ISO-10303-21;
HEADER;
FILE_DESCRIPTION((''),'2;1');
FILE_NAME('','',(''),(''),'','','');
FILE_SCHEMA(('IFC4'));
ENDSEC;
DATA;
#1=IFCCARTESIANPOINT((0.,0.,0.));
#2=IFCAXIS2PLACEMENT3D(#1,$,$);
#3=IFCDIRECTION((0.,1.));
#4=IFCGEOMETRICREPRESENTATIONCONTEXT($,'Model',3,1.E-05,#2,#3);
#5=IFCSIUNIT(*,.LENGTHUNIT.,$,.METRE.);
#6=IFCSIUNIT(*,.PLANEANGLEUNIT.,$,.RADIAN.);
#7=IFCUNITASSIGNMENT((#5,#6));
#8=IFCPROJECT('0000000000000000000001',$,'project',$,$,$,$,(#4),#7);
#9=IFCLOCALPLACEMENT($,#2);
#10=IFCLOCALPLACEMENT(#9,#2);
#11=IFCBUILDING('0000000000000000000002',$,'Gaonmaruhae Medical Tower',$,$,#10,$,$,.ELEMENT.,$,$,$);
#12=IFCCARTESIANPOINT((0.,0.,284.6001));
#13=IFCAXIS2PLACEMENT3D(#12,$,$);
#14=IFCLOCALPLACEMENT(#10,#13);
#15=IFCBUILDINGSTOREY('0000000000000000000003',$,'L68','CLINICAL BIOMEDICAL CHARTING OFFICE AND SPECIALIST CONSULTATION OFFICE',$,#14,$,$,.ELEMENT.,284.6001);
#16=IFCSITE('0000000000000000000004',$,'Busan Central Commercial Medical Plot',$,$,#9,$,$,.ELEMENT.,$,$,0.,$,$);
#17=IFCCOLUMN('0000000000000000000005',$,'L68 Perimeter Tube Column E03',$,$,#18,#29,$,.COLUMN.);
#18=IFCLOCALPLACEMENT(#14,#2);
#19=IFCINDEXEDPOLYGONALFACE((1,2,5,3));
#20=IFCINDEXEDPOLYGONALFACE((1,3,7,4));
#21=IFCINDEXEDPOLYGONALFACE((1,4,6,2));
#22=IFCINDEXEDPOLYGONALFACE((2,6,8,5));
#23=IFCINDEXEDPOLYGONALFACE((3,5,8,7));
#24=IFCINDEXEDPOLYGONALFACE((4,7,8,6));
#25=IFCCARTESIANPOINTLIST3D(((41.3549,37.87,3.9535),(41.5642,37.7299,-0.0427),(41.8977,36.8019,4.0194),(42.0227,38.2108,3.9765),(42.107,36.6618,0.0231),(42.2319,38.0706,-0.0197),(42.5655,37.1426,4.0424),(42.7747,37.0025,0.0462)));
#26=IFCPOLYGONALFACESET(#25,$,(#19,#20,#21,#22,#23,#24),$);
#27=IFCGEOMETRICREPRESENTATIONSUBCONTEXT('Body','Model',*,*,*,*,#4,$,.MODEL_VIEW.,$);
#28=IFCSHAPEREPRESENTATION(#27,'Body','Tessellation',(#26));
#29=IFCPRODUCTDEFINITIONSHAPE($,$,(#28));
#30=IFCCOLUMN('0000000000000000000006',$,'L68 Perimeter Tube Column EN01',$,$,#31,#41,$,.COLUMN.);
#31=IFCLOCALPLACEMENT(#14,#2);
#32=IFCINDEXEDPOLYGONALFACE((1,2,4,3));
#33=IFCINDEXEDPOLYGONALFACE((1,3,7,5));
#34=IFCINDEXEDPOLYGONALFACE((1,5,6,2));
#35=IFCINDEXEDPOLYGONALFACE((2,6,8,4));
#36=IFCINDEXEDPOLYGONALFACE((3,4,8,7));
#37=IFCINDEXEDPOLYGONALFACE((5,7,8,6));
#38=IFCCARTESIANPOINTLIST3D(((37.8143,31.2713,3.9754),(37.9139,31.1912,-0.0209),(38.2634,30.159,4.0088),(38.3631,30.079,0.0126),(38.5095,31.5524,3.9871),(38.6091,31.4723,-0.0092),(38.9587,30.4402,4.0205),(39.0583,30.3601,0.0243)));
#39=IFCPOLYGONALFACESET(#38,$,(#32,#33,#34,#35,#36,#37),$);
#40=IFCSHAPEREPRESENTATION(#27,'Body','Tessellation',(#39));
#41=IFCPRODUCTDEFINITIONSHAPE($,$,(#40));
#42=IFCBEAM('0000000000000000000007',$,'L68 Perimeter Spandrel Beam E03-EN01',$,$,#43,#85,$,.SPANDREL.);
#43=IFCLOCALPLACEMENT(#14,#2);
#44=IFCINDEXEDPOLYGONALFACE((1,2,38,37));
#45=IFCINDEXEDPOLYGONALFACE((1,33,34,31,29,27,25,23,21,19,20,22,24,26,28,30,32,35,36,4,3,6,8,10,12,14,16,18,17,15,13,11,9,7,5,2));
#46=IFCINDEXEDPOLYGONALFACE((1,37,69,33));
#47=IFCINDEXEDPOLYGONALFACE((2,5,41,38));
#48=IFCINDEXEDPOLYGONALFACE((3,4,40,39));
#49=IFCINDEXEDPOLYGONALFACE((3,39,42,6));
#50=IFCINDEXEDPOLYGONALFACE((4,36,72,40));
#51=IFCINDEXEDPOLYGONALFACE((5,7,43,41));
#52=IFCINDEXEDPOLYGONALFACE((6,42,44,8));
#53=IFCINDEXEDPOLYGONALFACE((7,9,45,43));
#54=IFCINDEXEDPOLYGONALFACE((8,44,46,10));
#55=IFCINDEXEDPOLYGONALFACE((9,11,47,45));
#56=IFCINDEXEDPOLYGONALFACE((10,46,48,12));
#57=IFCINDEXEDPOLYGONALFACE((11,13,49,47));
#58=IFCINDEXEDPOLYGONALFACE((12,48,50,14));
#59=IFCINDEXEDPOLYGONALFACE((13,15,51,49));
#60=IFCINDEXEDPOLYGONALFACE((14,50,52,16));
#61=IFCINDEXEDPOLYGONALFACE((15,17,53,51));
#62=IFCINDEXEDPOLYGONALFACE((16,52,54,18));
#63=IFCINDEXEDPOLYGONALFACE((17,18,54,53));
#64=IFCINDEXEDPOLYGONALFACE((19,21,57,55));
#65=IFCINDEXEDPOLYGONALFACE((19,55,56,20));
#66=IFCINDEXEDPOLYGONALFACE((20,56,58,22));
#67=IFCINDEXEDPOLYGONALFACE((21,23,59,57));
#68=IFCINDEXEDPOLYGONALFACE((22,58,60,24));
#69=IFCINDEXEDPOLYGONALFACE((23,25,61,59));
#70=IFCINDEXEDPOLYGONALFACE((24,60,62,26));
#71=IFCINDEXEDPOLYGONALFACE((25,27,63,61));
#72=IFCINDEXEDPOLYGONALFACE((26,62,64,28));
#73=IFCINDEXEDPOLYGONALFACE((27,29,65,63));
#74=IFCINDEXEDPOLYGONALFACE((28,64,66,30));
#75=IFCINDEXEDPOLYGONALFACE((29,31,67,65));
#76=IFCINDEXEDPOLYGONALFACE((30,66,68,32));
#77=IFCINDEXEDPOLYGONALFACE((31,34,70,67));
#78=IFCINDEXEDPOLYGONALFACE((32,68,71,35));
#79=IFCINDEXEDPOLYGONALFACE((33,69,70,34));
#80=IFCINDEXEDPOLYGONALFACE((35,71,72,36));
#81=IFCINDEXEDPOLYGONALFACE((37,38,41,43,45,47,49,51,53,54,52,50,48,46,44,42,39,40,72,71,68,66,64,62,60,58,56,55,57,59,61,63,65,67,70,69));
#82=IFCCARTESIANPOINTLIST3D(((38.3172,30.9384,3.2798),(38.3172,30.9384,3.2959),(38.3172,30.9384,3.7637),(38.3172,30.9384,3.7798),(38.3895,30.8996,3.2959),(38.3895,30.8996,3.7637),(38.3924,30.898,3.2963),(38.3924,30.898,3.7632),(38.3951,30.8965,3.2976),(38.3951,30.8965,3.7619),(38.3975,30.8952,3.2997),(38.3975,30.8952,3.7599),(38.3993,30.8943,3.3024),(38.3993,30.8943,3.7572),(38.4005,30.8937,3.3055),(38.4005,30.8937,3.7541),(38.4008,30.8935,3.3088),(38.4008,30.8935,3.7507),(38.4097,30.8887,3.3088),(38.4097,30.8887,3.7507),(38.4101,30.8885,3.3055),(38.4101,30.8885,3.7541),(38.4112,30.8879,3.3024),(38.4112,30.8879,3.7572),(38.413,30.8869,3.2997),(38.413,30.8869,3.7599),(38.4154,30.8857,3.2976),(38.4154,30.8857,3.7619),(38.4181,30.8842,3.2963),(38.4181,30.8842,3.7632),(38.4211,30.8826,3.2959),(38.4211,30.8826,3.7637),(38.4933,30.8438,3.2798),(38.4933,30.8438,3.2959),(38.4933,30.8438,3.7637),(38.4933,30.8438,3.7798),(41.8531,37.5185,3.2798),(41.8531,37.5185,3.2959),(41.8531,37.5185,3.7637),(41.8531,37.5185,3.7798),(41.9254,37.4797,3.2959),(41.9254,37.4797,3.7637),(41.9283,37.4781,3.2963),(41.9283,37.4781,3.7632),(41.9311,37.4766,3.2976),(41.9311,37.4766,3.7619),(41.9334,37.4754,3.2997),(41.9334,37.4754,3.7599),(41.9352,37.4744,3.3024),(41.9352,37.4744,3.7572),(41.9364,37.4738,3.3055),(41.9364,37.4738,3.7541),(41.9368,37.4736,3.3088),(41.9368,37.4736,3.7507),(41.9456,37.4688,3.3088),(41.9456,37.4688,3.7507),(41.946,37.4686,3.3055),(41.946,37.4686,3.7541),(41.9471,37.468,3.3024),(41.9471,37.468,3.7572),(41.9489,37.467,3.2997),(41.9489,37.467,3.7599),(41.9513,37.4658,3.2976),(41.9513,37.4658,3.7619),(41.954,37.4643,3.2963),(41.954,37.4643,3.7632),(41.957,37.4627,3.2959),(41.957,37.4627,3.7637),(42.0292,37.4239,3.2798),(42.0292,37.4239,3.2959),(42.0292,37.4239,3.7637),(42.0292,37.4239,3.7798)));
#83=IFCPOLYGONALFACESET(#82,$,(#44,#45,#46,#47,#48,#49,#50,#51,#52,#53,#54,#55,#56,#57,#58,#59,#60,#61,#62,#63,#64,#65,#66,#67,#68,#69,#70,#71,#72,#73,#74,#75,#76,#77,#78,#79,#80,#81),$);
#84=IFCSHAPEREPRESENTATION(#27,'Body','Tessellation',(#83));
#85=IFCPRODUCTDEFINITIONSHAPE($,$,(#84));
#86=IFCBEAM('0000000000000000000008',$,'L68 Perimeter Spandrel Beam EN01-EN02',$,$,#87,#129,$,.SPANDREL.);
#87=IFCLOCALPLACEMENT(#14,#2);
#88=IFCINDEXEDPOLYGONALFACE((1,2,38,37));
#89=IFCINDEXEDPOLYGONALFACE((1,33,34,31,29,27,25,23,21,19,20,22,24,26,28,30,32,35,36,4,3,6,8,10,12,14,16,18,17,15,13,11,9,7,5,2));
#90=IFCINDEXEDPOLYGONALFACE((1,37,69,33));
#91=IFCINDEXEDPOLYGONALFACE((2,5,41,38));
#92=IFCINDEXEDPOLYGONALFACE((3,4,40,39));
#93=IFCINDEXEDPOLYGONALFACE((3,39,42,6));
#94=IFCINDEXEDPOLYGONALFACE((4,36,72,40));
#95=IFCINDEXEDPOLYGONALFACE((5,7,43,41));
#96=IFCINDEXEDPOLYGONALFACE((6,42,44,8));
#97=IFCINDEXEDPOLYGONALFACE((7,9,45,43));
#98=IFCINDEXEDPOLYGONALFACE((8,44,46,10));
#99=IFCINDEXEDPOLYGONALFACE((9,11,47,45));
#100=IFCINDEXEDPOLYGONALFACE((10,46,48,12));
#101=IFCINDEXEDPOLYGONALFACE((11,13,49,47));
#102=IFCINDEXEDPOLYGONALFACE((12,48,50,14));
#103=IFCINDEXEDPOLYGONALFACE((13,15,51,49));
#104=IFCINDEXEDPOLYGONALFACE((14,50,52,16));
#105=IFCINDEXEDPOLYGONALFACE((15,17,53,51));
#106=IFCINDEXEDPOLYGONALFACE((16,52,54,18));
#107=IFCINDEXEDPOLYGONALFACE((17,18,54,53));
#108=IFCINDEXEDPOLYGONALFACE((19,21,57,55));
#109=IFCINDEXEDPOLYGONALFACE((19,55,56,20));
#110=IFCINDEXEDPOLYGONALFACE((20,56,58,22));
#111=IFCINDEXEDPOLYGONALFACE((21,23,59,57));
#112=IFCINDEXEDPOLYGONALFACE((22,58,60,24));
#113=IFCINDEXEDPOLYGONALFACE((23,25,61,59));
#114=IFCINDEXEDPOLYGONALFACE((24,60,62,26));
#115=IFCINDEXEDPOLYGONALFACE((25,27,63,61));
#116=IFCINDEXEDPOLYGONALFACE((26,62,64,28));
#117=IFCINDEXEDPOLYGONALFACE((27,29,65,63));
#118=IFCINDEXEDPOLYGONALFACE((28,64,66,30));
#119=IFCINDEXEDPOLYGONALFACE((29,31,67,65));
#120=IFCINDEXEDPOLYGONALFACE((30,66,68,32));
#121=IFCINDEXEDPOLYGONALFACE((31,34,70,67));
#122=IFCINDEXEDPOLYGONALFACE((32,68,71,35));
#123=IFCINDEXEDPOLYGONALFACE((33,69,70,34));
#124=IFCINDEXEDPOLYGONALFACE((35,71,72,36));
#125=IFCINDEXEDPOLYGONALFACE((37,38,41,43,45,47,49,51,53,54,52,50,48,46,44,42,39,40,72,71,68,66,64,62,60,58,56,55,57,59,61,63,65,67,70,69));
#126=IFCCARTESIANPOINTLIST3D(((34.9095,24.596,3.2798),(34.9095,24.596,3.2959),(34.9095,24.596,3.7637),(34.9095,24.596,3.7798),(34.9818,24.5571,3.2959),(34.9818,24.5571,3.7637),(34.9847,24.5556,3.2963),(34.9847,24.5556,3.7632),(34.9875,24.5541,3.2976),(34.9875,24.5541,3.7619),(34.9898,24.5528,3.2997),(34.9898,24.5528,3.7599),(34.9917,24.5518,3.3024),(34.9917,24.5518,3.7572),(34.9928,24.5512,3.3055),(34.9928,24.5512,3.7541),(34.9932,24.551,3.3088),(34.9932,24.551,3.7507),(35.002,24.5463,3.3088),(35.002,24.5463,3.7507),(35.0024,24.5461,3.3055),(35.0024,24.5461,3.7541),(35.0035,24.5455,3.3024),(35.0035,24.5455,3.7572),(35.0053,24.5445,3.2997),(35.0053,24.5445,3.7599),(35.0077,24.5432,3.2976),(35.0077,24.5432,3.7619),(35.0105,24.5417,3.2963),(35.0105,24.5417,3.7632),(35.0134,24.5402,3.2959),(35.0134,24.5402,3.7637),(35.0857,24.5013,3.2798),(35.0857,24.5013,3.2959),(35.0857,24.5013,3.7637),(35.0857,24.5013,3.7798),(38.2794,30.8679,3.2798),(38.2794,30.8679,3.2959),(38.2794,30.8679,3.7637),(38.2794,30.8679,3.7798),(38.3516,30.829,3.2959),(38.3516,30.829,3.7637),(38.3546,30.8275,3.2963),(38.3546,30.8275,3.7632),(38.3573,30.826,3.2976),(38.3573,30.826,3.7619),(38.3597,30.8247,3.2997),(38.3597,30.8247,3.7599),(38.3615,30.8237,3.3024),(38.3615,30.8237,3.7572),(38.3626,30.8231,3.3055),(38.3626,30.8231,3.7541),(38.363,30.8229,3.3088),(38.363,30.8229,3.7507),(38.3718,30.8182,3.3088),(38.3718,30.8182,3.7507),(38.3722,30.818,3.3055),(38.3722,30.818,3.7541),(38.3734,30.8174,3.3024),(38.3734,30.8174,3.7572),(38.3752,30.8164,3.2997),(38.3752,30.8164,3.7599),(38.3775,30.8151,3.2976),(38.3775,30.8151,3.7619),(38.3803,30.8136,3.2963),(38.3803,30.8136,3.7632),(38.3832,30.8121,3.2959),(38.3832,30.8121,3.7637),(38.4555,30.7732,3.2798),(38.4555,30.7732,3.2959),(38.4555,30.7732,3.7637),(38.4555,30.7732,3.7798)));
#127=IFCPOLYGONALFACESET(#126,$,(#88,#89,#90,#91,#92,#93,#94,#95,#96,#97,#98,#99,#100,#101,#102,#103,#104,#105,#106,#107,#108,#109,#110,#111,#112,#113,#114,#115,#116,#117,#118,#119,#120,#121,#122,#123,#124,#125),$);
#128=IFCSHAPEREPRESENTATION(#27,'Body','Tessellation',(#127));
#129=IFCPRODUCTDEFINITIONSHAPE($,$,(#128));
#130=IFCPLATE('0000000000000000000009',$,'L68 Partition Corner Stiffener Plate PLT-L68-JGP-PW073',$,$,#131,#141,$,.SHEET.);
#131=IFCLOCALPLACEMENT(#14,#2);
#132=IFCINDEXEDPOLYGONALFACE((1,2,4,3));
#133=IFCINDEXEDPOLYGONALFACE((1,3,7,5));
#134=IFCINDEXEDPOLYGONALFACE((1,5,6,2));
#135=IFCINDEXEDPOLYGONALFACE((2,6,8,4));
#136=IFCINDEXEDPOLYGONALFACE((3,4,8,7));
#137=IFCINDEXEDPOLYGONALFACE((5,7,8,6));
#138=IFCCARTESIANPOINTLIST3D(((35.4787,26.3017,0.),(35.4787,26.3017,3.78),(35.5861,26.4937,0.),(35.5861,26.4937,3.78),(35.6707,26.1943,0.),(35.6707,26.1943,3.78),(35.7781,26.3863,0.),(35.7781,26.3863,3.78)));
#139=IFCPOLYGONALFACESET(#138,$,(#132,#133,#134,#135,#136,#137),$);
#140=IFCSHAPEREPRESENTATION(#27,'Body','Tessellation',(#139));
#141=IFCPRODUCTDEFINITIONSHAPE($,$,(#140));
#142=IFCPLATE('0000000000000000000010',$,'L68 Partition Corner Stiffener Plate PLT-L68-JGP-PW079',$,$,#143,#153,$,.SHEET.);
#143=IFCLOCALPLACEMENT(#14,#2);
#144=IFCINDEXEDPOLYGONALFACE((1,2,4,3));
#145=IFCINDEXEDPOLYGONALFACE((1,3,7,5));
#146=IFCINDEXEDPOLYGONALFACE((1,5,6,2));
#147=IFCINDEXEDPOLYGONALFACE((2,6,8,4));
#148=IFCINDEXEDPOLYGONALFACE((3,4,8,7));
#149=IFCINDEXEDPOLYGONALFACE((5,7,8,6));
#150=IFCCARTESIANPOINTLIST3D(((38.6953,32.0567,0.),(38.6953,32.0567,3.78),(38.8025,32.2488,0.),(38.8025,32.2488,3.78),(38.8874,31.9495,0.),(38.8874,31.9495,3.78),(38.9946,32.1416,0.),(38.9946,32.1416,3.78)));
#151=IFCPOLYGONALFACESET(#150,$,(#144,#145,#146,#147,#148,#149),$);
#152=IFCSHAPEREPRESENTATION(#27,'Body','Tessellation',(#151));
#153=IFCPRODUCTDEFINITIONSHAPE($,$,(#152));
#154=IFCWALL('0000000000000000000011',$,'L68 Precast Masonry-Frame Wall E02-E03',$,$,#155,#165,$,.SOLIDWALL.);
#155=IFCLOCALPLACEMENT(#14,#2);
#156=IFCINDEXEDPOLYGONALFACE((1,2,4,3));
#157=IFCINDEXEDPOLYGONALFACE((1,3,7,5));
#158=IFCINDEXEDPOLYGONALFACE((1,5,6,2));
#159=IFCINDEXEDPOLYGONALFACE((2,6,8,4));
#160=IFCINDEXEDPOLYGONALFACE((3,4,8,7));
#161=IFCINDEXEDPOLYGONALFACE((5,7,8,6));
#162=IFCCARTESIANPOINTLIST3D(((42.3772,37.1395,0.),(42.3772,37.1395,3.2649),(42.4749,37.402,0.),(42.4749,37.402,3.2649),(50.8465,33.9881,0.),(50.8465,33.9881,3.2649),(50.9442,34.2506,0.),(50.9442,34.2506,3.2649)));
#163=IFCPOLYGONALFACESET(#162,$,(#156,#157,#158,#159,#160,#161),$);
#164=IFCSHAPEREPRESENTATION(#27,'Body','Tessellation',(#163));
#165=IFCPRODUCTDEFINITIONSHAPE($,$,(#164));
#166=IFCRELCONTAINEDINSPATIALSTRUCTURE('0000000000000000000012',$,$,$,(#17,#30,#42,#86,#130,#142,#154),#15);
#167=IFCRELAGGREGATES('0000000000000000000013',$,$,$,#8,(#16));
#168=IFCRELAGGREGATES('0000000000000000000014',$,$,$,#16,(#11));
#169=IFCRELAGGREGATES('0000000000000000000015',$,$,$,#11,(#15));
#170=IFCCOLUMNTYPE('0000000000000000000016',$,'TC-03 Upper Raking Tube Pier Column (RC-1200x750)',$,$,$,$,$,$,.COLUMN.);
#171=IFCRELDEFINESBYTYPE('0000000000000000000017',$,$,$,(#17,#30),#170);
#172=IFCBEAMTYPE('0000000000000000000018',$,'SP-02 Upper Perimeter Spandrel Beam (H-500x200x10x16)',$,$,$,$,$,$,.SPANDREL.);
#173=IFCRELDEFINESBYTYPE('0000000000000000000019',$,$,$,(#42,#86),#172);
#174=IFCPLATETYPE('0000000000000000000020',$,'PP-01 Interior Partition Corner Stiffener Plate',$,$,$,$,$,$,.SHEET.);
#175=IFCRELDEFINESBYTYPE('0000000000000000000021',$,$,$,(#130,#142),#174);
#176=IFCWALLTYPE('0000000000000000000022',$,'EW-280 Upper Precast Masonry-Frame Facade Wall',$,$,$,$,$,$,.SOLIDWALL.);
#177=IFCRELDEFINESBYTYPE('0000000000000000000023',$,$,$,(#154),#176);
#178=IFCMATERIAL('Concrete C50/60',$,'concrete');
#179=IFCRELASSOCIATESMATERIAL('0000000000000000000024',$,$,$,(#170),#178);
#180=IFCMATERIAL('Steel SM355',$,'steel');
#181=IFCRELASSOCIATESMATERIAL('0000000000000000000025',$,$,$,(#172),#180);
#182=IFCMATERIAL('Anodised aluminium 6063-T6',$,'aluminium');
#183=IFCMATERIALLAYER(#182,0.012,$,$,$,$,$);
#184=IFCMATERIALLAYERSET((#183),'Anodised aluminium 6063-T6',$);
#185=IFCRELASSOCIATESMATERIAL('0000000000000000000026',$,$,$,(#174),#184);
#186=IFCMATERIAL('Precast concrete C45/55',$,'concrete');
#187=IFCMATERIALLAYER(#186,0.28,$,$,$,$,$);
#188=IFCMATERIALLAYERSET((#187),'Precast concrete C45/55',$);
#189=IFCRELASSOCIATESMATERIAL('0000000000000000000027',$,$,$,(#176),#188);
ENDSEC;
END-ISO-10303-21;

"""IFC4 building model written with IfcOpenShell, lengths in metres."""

from ifc_helpers import new_model, si_unit, direction, frame, frame_2d, origin, origin_2d, place, context, subcontext, project, spatial, rectangle, i_section, extrude, material, layer, layer_set, material_profile, profile_set, type_object, element, save


model = new_model("IFC4")

# Units and contexts
model_context = context("Model", 3, precision=1e-05, world=origin(), true_north=direction((0.0, 1.0)))
body_context = subcontext(model_context, "Body", "Model", "MODEL_VIEW")
ifc_project = project(units=[si_unit("LENGTHUNIT", "METRE"), si_unit("PLANEANGLEUNIT", "RADIAN")], contexts=[model_context])

# Site, building, storey
site_placement = place(None, origin())
site = spatial("IfcSite", under=ifc_project, at=site_placement, Name="Busan Central Commercial Medical Plot", CompositionType="ELEMENT", RefElevation=0.0)
building_placement = place(site_placement, origin())
building = spatial("IfcBuilding", under=site, at=building_placement, Name="Gaonmaruhae Medical Tower", CompositionType="ELEMENT")
storey_placement = place(building_placement, frame((0.0, 0.0, 284.6001)))
storey = spatial("IfcBuildingStorey", under=building, at=storey_placement, Name="L68", Description="CLINICAL BIOMEDICAL CHARTING OFFICE AND SPECIALIST CONSULTATION OFFICE", CompositionType="ELEMENT", Elevation=284.6001)

# Columns
ifc_material_1 = material(Name="Concrete C50/60", Category="concrete")
ifc_material_profile_1 = material_profile(ifc_material_1, rectangle(XDim=1.2, YDim=0.75, at=origin_2d()), Name="RC-1200x750")
ifc_profile_set_1 = profile_set([ifc_material_profile_1], Name="Concrete C50/60")
column_type = type_object("IfcColumnType", Name="TC-03 Upper Raking Tube Pier Column (RC-1200x750)", PredefinedType="COLUMN", material=ifc_profile_set_1)
column_1_placement = place(storey_placement, frame((42.1694, 37.3662, 0.0017), z_axis=(-0.052251, 0.034997, 0.998021), x_axis=(0.452348, -0.89015, 0.054897)))
element("IfcColumn", 1, at=column_1_placement, inside=storey, type_object=column_type, Name="L68 Perimeter Tube Column E03", PredefinedType="COLUMN", context=body_context, shape_type="SweptSolid", body=[
    extrude(rectangle(XDim=1.2, YDim=0.75, at=origin_2d()), origin(), (0.0, 0.0, 1.0), 4.0042),
])
column_2_placement = place(storey_placement, frame((38.4861, 30.7756, 0.0017), z_axis=(-0.024912, 0.020028, 0.999489), x_axis=(0.374315, -0.926882, 0.027903)))
element("IfcColumn", 2, at=column_2_placement, inside=storey, type_object=column_type, Name="L68 Perimeter Tube Column EN01", PredefinedType="COLUMN", context=body_context, shape_type="SweptSolid", body=[
    extrude(rectangle(XDim=1.2, YDim=0.75, at=origin_2d()), origin(), (0.0, 0.0, 1.0), 3.9983),
])

# Beams
ifc_material_2 = material(Name="Steel SM355", Category="steel")
ifc_material_profile_2 = material_profile(ifc_material_2, i_section(OverallWidth=0.2, OverallDepth=0.5, WebThickness=0.01, FlangeThickness=0.0161, FilletRadius=0.0129, at=origin_2d()), Name="H-500x200x10x16")
ifc_profile_set_2 = profile_set([ifc_material_profile_2], Name="Steel SM355")
beam_type = type_object("IfcBeamType", Name="SP-02 Upper Perimeter Spandrel Beam (H-500x200x10x16)", PredefinedType="SPANDREL", material=ifc_profile_set_2)
beam_1_placement = place(storey_placement, frame((41.9412, 37.4712, 3.5298), z_axis=(-0.473349, -0.880875, 0.0), x_axis=(0.880875, -0.473349, 0.0)))
element("IfcBeam", 3, at=beam_1_placement, inside=storey, type_object=beam_type, Name="L68 Perimeter Spandrel Beam E03-EN01", PredefinedType="SPANDREL", context=body_context, shape_type="SweptSolid", body=[
    extrude(i_section(OverallWidth=0.2, OverallDepth=0.5, WebThickness=0.01, FlangeThickness=0.0161, FilletRadius=0.0129, at=origin_2d()), origin(), (0.0, 0.0, 1.0), 7.47),
])
beam_2_placement = place(storey_placement, frame((38.3674, 30.8206, 3.5298), z_axis=(-0.4733, -0.880901, 0.0), x_axis=(0.880901, -0.4733, 0.0)))
element("IfcBeam", 4, at=beam_2_placement, inside=storey, type_object=beam_type, Name="L68 Perimeter Spandrel Beam EN01-EN02", PredefinedType="SPANDREL", context=body_context, shape_type="SweptSolid", body=[
    extrude(i_section(OverallWidth=0.2, OverallDepth=0.5, WebThickness=0.01, FlangeThickness=0.0161, FilletRadius=0.0129, at=origin_2d()), origin(), (0.0, 0.0, 1.0), 7.1199),
])

# Plates
ifc_material_3 = material(Name="Anodised aluminium 6063-T6", Category="aluminium")
ifc_layer_1 = layer(ifc_material_3, 0.012)
ifc_layer_set_1 = layer_set([ifc_layer_1], Name="Anodised aluminium 6063-T6")
plate_type = type_object("IfcPlateType", Name="PP-01 Interior Partition Corner Stiffener Plate", PredefinedType="SHEET", material=ifc_layer_set_1)
for number, where, z_axis, x_axis, name in (
    (5, (35.6284, 26.344, 0.0), (0.0, 0.0, 1.0), (0.872743, -0.48818, 0.0), "L68 Partition Corner Stiffener Plate PLT-L68-JGP-PW073"),
    (6, (38.845, 32.0991, 0.0), (0.0, 0.0, 1.0), (0.873288, -0.487204, 0.0), "L68 Partition Corner Stiffener Plate PLT-L68-JGP-PW079"),
):
    element("IfcPlate", number, at=place(storey_placement, frame(where, z_axis=z_axis, x_axis=x_axis)), inside=storey, type_object=plate_type, Name=name, PredefinedType="SHEET", context=body_context, shape_type="SweptSolid", body=[
        extrude(rectangle(XDim=0.22, YDim=0.22, at=origin_2d()), origin(), (0.0, 0.0, 1.0), 3.78),
    ])

# Wall
ifc_material_4 = material(Name="Precast concrete C45/55", Category="concrete")
ifc_layer_2 = layer(ifc_material_4, 0.28)
ifc_layer_set_2 = layer_set([ifc_layer_2], Name="Precast concrete C45/55")
wall_type_1 = type_object("IfcWallType", Name="EW-280 Upper Precast Masonry-Frame Facade Wall", PredefinedType="SOLIDWALL", material=ifc_layer_set_2)
wall_1_placement = place(storey_placement, frame((42.426, 37.2708, 0.0), z_axis=(0.0, 0.0, 1.0), x_axis=(0.937221, -0.348736, 0.0)))
element("IfcWall", 7, at=wall_1_placement, inside=storey, type_object=wall_type_1, Name="L68 Precast Masonry-Frame Wall E02-E03", PredefinedType="SOLIDWALL", context=body_context, shape_type="SweptSolid", body=[
    extrude(rectangle(XDim=9.0366, YDim=0.28, at=frame_2d((4.5183, 0.0))), origin(), (0.0, 0.0, 1.0), 3.2649),
])

save(model, "model.ifc")
